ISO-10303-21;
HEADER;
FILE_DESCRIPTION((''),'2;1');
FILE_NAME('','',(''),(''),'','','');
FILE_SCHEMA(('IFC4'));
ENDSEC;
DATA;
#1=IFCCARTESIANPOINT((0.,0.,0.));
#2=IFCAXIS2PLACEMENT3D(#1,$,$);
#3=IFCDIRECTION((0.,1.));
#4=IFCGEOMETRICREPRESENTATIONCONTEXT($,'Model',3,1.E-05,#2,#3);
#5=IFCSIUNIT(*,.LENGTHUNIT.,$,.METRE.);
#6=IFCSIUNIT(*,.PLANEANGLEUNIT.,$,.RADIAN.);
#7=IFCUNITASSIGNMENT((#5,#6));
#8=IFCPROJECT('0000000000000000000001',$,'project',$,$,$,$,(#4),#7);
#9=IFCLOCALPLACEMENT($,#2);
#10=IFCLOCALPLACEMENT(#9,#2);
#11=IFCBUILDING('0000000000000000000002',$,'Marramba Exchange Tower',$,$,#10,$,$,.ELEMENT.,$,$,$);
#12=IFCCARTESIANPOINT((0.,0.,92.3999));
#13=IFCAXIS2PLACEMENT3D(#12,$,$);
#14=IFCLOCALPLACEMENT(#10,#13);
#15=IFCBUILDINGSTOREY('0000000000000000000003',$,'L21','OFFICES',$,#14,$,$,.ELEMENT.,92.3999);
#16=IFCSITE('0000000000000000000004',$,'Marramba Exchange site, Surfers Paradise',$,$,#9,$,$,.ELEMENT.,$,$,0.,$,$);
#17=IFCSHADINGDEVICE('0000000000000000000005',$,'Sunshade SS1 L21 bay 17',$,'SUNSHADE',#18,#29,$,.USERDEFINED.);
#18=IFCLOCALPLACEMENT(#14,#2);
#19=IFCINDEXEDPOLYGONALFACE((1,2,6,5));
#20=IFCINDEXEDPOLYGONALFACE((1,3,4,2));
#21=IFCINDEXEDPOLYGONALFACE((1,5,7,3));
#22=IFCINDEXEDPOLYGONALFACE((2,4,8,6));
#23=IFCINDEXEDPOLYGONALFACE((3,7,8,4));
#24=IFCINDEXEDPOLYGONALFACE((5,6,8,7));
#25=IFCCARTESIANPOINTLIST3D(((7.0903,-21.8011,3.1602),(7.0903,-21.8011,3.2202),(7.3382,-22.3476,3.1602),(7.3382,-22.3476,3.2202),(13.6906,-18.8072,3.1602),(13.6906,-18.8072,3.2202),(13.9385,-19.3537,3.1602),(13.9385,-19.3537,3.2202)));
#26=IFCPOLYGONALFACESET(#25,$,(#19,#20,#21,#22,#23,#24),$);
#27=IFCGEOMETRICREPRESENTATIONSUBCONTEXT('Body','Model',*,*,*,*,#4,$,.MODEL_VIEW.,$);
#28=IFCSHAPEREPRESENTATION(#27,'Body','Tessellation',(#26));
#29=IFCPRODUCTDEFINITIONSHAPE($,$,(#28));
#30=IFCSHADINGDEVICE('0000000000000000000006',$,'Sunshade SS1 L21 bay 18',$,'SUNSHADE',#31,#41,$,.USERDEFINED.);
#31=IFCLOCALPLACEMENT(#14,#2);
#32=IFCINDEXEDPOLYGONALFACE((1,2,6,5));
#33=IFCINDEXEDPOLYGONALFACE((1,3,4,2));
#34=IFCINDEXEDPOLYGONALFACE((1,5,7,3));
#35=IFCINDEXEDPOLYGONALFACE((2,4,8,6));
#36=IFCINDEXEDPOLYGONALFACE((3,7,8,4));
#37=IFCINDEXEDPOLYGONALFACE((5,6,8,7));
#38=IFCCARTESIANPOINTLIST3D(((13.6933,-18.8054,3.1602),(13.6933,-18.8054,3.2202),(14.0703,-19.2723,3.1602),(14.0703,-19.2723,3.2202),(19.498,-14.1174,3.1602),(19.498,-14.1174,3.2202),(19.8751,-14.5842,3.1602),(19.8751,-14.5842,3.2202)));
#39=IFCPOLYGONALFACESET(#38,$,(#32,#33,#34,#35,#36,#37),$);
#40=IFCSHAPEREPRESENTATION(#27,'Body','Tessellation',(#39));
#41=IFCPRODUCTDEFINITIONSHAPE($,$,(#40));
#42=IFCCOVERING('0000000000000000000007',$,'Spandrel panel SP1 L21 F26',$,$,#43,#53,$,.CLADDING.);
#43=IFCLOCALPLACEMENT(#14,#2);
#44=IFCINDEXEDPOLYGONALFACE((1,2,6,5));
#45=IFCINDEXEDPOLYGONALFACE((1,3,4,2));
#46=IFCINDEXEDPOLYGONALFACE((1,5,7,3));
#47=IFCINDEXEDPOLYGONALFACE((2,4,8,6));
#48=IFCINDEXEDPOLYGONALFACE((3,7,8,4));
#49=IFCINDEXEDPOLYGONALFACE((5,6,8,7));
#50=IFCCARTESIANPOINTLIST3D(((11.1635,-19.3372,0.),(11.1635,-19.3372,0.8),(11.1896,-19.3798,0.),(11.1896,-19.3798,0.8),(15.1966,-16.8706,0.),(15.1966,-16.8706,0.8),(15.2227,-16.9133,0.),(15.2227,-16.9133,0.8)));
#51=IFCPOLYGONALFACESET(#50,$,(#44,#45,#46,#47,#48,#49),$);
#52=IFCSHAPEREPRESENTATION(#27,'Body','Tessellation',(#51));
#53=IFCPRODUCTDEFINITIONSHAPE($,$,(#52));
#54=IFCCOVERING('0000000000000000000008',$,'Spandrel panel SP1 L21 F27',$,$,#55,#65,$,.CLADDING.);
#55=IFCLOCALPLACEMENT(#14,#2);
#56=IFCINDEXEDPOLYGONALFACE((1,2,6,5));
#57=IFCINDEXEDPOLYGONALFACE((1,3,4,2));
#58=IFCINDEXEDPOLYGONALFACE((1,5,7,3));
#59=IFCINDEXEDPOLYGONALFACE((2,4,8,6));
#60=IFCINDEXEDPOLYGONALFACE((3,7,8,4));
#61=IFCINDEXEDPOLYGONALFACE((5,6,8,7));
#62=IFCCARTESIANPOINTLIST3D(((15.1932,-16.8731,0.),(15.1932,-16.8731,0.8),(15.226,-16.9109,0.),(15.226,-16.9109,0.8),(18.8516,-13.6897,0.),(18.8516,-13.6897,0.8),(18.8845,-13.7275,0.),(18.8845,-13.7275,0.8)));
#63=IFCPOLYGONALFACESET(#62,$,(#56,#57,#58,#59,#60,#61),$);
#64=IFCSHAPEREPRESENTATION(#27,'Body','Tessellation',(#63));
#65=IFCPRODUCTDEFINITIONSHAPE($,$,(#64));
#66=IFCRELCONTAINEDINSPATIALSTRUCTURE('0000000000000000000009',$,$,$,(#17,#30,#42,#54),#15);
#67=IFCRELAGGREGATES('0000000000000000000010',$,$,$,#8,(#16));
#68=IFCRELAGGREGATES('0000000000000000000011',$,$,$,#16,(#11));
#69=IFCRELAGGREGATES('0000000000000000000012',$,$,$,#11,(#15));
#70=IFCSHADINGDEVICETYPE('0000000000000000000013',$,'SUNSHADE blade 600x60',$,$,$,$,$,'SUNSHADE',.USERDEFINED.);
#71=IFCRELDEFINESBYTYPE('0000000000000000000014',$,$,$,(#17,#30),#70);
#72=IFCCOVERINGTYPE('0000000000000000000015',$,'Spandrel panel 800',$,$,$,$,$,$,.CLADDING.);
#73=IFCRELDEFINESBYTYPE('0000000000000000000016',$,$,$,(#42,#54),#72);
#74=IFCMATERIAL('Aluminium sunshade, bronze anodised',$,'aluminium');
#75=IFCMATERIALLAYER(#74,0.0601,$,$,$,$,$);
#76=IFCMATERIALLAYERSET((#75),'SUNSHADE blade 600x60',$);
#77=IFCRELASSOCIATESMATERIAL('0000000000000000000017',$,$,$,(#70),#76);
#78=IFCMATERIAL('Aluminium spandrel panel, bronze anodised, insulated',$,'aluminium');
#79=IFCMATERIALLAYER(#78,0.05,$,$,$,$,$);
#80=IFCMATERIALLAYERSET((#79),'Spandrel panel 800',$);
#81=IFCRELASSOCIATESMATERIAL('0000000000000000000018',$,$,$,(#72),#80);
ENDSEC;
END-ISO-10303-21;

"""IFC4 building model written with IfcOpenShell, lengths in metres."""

from ifc_helpers import new_model, si_unit, direction, frame, origin, origin_2d, place, context, subcontext, project, spatial, rectangle, extrude, material, layer, layer_set, type_object, element, save


model = new_model("IFC4")

# Units and contexts
model_context = context("Model", 3, precision=1e-05, world=origin(), true_north=direction((0.0, 1.0)))
body_context = subcontext(model_context, "Body", "Model", "MODEL_VIEW")
ifc_project = project(units=[si_unit("LENGTHUNIT", "METRE"), si_unit("PLANEANGLEUNIT", "RADIAN")], contexts=[model_context])

# Site, building, storey
site_placement = place(None, origin())
site = spatial("IfcSite", under=ifc_project, at=site_placement, Name="Marramba Exchange site, Surfers Paradise", CompositionType="ELEMENT", RefElevation=0.0)
building_placement = place(site_placement, origin())
building = spatial("IfcBuilding", under=site, at=building_placement, Name="Marramba Exchange Tower", CompositionType="ELEMENT")
storey_placement = place(building_placement, frame((0.0, 0.0, 92.3999)))
storey = spatial("IfcBuildingStorey", under=building, at=storey_placement, Name="L21", Description="OFFICES", CompositionType="ELEMENT", Elevation=92.3999)

# Shading devices
ifc_material_1 = material(Name="Aluminium sunshade, bronze anodised", Category="aluminium")
ifc_layer_1 = layer(ifc_material_1, 0.0601)
ifc_layer_set_1 = layer_set([ifc_layer_1], Name="SUNSHADE blade 600x60")
shading_device_type_1 = type_object("IfcShadingDeviceType", Name="SUNSHADE blade 600x60", ElementType="SUNSHADE", PredefinedType="USERDEFINED", material=ifc_layer_set_1)
shading_device_1_placement = place(storey_placement, frame((10.5144, -20.5774, 3.1602), z_axis=(0.0, 0.0, 1.0), x_axis=(0.910692, 0.413086, 0.0)))
element("IfcShadingDevice", 1, at=shading_device_1_placement, inside=storey, type_object=shading_device_type_1, Name="Sunshade SS1 L21 bay 17", ObjectType="SUNSHADE", PredefinedType="USERDEFINED", context=body_context, shape_type="SweptSolid", body=[
    extrude(rectangle(XDim=7.2476, YDim=0.6001, at=origin_2d()), origin(), (0.0, 0.0, 1.0), 0.0601),
])
shading_device_2_placement = place(storey_placement, frame((16.7842, -16.6948, 3.1602), z_axis=(0.0, 0.0, 1.0), x_axis=(0.777962, 0.628311, 0.0)))
element("IfcShadingDevice", 2, at=shading_device_2_placement, inside=storey, type_object=shading_device_type_1, Name="Sunshade SS1 L21 bay 18", ObjectType="SUNSHADE", PredefinedType="USERDEFINED", context=body_context, shape_type="SweptSolid", body=[
    extrude(rectangle(XDim=7.4614, YDim=0.6001, at=origin_2d()), origin(), (0.0, 0.0, 1.0), 0.0601),
])

# Coverings
ifc_material_2 = material(Name="Aluminium spandrel panel, bronze anodised, insulated", Category="aluminium")
ifc_layer_2 = layer(ifc_material_2, 0.05)
ifc_layer_set_2 = layer_set([ifc_layer_2], Name="Spandrel panel 800")
covering_type = type_object("IfcCoveringType", Name="Spandrel panel 800", PredefinedType="CLADDING", material=ifc_layer_set_2)
covering_1_placement = place(storey_placement, frame((13.1931, -18.1252, 0.0), z_axis=(0.0, 0.0, 1.0), x_axis=(0.853109, 0.521733, 0.0)))
element("IfcCovering", 3, at=covering_1_placement, inside=storey, type_object=covering_type, Name="Spandrel panel SP1 L21 F26", PredefinedType="CLADDING", context=body_context, shape_type="SweptSolid", body=[
    extrude(rectangle(XDim=4.7275, YDim=0.05, at=origin_2d()), origin(), (0.0, 0.0, 1.0), 0.8),
])
covering_2_placement = place(storey_placement, frame((17.0388, -15.3003, 0.0), z_axis=(0.0, 0.0, 1.0), x_axis=(0.754386, 0.656432, 0.0)))
element("IfcCovering", 4, at=covering_2_placement, inside=storey, type_object=covering_type, Name="Spandrel panel SP1 L21 F27", PredefinedType="CLADDING", context=body_context, shape_type="SweptSolid", body=[
    extrude(rectangle(XDim=4.8496, YDim=0.05, at=origin_2d()), origin(), (0.0, 0.0, 1.0), 0.8),
])

save(model, "model.ifc")
